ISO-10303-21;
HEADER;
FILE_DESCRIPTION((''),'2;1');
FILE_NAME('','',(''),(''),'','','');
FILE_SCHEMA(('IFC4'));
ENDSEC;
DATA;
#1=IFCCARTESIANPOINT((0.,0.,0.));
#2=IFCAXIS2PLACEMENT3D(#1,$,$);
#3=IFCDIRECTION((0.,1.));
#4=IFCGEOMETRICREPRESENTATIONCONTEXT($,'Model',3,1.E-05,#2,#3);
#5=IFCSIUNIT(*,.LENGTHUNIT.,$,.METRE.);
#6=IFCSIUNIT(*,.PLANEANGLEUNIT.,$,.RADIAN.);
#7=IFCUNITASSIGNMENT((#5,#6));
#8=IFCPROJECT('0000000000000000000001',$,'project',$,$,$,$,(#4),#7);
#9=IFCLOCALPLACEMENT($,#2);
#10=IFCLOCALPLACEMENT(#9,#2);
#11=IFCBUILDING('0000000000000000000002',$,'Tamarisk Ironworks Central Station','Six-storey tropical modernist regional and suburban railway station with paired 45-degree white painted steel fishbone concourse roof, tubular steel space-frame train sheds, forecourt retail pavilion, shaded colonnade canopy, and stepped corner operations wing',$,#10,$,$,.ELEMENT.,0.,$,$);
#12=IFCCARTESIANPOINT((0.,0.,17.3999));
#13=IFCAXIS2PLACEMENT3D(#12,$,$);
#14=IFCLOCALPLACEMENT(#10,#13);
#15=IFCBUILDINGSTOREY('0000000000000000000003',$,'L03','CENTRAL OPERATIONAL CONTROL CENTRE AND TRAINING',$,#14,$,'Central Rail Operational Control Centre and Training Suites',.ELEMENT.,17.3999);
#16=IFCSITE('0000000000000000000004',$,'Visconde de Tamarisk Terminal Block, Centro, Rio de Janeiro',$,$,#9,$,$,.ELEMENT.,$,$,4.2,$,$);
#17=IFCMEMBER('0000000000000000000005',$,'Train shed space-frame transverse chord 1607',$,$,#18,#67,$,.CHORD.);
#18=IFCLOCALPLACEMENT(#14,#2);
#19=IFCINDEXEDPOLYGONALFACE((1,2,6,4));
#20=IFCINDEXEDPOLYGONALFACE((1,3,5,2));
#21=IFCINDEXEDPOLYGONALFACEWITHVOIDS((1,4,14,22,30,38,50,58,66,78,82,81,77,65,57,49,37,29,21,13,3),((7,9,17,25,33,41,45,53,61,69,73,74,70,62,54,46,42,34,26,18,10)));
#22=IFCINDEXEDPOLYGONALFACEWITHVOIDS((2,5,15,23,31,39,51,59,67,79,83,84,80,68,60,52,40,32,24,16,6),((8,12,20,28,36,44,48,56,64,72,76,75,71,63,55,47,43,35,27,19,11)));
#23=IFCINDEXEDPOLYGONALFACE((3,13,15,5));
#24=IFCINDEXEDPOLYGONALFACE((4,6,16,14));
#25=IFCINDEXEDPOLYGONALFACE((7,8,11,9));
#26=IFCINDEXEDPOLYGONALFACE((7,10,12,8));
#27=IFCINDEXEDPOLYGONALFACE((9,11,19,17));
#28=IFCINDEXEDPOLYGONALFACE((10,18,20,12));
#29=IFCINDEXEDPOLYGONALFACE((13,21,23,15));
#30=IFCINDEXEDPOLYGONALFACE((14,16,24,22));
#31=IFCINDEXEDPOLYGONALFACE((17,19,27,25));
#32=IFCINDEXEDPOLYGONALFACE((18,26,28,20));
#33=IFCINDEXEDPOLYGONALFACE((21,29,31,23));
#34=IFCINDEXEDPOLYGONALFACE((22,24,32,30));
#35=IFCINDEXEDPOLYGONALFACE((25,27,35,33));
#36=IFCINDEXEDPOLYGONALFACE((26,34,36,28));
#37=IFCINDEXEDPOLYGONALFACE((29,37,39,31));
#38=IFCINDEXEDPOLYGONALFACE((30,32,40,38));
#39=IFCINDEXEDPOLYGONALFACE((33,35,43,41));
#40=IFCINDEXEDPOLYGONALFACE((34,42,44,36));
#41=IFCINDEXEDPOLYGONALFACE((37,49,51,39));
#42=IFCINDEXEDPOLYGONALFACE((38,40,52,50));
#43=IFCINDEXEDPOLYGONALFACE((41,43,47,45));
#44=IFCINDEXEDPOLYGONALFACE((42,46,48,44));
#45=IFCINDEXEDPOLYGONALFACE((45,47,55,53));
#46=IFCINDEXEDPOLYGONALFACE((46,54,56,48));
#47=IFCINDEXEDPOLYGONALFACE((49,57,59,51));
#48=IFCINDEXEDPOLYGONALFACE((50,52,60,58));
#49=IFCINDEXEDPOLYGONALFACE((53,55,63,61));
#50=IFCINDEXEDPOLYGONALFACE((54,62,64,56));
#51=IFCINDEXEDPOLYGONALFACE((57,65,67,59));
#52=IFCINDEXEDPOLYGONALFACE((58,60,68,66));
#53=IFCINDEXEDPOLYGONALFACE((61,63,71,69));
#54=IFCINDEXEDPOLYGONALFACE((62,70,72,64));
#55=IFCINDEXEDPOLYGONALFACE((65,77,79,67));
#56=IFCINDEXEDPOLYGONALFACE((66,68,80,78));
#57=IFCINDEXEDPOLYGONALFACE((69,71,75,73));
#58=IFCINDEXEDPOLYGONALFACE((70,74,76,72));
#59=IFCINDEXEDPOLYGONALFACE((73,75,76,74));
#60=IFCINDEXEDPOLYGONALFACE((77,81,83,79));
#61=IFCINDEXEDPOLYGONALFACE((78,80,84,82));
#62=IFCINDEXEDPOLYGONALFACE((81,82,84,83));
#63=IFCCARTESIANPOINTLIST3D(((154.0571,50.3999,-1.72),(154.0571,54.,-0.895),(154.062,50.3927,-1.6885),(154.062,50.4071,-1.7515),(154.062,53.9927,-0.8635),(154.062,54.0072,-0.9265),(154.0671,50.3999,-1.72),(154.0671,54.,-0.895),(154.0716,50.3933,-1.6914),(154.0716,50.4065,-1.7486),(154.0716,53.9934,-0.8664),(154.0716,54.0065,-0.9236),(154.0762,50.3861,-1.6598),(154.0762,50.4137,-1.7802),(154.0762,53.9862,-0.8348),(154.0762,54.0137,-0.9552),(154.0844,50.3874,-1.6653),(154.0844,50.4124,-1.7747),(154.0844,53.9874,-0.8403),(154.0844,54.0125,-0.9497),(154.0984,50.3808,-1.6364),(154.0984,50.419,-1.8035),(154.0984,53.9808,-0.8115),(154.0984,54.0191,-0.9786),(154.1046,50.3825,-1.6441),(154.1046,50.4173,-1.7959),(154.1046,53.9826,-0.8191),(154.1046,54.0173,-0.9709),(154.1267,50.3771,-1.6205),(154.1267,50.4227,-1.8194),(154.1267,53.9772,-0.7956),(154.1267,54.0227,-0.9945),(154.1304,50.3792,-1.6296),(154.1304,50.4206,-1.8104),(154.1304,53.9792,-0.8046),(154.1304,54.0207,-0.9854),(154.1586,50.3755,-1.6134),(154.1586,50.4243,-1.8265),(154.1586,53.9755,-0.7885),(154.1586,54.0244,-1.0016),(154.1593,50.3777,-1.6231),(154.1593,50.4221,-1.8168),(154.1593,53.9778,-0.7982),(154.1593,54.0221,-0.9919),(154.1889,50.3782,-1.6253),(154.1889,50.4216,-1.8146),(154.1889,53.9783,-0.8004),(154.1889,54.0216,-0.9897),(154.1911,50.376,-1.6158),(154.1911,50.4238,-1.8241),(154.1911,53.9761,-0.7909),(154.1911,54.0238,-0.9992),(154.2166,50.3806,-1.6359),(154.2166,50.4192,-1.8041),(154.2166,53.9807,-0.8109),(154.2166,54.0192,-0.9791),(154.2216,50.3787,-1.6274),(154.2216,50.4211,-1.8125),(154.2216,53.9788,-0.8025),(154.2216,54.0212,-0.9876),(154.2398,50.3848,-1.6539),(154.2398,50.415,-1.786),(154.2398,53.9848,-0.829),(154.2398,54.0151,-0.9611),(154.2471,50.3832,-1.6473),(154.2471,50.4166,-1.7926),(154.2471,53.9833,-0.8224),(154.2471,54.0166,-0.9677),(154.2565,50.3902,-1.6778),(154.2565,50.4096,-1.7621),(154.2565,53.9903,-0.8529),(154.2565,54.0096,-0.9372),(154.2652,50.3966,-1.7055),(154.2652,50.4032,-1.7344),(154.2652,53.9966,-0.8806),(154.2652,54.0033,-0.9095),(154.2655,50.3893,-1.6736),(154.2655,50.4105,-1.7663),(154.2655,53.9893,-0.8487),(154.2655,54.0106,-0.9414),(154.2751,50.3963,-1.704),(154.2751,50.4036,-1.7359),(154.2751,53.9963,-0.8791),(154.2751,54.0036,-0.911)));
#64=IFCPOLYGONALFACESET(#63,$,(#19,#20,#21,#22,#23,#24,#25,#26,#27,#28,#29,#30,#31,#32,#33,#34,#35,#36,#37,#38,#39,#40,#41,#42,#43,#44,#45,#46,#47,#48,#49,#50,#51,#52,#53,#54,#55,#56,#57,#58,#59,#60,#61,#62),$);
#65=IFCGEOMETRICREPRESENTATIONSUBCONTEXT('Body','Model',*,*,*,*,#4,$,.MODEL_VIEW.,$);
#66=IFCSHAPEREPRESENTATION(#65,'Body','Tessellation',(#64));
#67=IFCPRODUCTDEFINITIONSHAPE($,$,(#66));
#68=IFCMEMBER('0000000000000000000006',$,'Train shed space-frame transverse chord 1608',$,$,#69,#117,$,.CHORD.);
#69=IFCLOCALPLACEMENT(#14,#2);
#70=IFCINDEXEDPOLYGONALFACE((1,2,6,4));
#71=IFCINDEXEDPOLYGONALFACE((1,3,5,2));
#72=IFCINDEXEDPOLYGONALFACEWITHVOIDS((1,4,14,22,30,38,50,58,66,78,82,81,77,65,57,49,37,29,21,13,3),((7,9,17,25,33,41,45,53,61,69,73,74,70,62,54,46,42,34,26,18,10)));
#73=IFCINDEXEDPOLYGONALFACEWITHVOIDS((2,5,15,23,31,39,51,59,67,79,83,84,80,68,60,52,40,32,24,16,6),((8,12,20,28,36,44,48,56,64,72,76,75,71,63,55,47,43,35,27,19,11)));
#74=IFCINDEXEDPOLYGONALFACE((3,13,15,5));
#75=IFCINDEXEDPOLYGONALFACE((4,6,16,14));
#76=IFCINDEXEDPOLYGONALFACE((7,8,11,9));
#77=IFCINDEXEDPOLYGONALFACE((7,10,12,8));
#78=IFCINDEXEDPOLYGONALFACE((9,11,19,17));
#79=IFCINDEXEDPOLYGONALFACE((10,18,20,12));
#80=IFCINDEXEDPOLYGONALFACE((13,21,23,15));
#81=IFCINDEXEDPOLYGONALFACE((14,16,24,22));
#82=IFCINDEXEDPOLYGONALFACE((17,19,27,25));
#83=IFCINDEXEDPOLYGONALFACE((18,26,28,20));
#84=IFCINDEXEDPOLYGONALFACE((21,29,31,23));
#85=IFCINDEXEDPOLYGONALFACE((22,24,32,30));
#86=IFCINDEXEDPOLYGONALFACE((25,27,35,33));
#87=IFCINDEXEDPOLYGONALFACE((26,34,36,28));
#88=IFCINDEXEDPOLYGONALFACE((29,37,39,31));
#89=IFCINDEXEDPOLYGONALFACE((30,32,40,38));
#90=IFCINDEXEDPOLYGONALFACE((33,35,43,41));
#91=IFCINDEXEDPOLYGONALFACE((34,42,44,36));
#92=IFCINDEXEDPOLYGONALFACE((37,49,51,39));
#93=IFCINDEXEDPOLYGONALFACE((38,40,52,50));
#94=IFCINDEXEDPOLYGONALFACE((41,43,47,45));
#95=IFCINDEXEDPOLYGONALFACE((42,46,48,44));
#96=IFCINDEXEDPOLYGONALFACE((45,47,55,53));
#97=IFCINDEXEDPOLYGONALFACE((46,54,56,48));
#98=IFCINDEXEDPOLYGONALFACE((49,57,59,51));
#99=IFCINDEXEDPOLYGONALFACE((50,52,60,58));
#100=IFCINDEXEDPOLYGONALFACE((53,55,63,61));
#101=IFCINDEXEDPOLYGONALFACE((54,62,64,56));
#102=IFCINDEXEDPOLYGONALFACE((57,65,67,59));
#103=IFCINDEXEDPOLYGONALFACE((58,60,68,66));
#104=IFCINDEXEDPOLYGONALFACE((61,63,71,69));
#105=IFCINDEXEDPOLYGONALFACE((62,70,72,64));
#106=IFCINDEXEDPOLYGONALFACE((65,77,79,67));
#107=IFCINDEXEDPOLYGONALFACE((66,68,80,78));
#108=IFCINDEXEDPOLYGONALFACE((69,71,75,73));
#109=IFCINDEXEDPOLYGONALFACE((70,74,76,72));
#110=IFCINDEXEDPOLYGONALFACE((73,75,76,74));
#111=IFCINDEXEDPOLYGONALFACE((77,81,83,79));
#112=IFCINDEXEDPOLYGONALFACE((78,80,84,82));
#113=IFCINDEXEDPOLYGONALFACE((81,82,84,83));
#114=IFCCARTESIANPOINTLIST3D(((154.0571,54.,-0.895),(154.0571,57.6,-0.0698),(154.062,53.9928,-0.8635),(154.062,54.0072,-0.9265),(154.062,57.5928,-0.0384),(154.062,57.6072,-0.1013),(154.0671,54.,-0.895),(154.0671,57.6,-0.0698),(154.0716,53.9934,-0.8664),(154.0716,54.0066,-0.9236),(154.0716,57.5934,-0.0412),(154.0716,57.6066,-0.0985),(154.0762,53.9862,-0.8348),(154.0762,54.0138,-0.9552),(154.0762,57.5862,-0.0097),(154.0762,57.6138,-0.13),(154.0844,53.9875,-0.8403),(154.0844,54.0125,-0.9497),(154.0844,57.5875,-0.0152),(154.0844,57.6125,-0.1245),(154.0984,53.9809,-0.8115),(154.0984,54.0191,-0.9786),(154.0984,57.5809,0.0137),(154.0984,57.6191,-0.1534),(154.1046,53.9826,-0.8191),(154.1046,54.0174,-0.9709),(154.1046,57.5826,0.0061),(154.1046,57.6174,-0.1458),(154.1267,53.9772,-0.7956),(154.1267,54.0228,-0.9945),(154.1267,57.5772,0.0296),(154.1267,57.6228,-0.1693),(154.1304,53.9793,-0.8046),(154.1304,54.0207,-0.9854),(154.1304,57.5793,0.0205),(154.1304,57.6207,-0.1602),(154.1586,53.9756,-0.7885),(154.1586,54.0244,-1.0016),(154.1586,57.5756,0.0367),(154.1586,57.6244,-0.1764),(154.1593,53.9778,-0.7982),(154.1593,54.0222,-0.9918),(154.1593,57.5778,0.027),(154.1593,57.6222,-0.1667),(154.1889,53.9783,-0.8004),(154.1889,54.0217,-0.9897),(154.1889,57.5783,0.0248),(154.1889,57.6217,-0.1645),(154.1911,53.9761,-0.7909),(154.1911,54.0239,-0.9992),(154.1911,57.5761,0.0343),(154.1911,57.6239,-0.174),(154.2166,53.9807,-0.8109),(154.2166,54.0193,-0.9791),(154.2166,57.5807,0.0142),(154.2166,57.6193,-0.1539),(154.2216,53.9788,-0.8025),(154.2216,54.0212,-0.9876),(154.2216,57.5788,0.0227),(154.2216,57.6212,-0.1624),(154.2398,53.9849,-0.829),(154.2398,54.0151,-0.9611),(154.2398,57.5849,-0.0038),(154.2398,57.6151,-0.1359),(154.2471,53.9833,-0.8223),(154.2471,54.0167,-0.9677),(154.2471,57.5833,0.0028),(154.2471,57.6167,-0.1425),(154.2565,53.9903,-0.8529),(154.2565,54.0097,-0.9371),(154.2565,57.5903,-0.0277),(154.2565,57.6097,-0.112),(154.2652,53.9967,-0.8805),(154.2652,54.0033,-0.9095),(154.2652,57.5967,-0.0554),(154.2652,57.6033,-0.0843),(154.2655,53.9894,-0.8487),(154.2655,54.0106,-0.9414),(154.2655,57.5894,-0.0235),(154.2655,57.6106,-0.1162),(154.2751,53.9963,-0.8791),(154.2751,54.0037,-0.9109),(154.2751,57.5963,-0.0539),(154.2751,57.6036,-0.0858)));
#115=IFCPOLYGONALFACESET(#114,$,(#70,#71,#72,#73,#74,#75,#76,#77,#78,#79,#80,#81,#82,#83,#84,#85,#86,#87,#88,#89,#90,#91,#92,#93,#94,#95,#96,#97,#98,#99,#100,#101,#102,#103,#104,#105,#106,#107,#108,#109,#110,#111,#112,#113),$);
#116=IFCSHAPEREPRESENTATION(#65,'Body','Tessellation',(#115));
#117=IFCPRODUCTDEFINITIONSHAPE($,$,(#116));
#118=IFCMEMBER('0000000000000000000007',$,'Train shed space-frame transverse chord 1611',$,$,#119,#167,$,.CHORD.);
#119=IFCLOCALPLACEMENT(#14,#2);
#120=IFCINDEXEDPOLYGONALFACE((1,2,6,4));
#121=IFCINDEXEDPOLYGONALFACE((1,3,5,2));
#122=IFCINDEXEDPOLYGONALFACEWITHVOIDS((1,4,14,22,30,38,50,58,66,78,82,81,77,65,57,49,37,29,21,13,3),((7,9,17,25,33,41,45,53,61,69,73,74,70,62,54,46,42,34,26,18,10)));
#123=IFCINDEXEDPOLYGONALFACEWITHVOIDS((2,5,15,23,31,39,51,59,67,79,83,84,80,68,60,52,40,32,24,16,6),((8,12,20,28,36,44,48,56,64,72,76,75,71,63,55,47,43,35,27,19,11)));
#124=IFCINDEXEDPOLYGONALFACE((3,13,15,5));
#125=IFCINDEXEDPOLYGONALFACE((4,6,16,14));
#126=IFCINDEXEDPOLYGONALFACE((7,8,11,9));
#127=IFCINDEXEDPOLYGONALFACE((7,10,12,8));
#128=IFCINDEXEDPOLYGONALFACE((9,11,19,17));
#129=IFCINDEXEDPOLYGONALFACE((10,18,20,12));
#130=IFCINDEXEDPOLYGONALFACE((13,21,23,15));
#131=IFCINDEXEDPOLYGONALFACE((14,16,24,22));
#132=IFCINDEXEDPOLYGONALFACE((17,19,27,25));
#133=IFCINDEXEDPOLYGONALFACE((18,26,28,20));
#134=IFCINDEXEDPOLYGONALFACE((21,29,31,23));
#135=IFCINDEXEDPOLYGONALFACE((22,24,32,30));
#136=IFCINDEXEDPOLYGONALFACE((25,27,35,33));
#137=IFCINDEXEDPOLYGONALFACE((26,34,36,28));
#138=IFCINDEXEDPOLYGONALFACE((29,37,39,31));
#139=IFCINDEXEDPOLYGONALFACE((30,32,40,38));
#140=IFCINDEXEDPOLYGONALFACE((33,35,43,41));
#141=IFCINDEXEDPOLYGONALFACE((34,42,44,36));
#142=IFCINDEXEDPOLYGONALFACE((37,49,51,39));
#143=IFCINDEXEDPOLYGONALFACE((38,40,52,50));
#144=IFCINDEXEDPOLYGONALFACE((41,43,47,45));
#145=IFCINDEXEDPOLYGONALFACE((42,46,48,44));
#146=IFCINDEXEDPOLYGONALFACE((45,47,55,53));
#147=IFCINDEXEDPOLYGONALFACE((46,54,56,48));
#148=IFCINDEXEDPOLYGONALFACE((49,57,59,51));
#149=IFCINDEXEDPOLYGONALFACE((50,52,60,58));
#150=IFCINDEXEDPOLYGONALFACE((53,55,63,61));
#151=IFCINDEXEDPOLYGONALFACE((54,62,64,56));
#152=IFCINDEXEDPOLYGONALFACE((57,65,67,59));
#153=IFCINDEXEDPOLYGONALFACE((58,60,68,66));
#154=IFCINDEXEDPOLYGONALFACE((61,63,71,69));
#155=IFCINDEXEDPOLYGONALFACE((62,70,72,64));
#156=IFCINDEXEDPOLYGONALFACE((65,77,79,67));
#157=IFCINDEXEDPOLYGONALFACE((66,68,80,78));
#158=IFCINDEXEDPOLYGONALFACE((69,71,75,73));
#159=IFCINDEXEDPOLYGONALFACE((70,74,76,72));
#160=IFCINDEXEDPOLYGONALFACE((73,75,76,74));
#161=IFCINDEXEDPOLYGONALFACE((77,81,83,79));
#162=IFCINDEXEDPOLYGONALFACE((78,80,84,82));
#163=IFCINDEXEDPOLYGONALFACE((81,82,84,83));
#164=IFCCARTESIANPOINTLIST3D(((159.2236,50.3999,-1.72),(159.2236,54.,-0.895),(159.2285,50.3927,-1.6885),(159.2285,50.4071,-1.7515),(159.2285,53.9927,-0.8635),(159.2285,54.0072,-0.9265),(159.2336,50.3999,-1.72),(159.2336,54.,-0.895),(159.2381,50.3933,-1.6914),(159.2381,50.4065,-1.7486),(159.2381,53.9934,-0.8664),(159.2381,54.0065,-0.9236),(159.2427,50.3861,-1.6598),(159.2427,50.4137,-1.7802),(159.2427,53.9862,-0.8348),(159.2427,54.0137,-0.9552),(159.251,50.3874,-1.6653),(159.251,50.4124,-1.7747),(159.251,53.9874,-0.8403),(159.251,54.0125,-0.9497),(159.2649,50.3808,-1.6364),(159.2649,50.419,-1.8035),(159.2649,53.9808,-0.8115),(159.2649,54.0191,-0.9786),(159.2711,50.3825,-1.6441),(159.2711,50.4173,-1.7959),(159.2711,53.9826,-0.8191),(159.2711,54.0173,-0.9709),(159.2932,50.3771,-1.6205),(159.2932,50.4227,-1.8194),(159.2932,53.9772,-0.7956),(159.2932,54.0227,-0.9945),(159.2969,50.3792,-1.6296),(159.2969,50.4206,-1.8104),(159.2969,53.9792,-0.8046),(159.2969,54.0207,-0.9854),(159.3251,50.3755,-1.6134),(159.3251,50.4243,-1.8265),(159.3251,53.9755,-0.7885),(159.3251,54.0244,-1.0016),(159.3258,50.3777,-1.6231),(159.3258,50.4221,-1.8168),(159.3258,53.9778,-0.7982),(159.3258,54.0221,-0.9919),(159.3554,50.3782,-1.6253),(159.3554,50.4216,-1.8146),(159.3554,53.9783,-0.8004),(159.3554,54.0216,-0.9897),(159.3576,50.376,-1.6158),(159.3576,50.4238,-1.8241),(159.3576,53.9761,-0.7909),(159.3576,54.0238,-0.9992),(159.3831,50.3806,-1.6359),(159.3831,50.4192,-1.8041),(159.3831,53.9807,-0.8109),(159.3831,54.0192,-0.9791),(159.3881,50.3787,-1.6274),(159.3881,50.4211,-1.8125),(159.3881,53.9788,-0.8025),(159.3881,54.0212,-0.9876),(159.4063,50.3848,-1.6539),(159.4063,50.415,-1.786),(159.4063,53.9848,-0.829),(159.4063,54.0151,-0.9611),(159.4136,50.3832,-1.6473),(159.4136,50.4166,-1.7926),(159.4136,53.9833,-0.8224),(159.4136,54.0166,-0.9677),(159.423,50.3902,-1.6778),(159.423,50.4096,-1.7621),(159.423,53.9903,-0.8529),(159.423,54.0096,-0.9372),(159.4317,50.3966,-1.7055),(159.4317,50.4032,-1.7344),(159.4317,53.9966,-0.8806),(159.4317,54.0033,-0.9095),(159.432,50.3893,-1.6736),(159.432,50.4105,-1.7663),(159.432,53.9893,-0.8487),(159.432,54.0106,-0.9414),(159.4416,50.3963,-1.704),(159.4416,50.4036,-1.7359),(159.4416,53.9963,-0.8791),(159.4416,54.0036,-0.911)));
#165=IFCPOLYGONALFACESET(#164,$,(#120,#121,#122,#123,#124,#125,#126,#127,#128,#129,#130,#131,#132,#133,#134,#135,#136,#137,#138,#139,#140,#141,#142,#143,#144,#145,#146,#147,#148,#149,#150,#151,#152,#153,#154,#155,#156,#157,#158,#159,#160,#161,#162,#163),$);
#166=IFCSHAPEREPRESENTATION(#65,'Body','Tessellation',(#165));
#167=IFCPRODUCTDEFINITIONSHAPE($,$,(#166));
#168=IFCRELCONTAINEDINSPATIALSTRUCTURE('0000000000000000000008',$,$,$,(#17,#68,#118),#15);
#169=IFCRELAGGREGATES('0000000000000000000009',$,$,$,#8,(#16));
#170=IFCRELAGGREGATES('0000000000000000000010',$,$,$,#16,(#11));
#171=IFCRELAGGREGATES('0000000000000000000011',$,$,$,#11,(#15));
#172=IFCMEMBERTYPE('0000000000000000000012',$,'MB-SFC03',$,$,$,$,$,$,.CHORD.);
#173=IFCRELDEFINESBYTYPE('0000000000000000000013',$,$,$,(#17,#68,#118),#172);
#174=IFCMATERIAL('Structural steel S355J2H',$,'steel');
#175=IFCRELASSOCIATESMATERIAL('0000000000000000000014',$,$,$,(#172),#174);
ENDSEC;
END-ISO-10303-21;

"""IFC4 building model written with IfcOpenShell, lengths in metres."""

from ifc_helpers import new_model, si_unit, direction, frame, origin, origin_2d, place, context, subcontext, project, spatial, hollow_circle, extrude, material, material_profile, profile_set, type_object, element, save


model = new_model("IFC4")

# Units and contexts
model_context = context("Model", 3, precision=1e-05, world=origin(), true_north=direction((0.0, 1.0)))
body_context = subcontext(model_context, "Body", "Model", "MODEL_VIEW")
ifc_project = project(units=[si_unit("LENGTHUNIT", "METRE"), si_unit("PLANEANGLEUNIT", "RADIAN")], contexts=[model_context])

# Site, building, storey
site_placement = place(None, origin())
site = spatial("IfcSite", under=ifc_project, at=site_placement, Name="Visconde de Tamarisk Terminal Block, Centro, Rio de Janeiro", CompositionType="ELEMENT", RefElevation=4.2)
building_placement = place(site_placement, origin())
building = spatial("IfcBuilding", under=site, at=building_placement, Name="Tamarisk Ironworks Central Station", Description="Six-storey tropical modernist regional and suburban railway station with paired 45-degree white painted steel fishbone concourse roof, tubular steel space-frame train sheds, forecourt retail pavilion, shaded colonnade canopy, and stepped corner operations wing", CompositionType="ELEMENT", ElevationOfRefHeight=0.0)
storey_placement = place(building_placement, frame((0.0, 0.0, 17.3999)))
storey = spatial("IfcBuildingStorey", under=building, at=storey_placement, Name="L03", Description="CENTRAL OPERATIONAL CONTROL CENTRE AND TRAINING", LongName="Central Rail Operational Control Centre and Training Suites", CompositionType="ELEMENT", Elevation=17.3999)

# Members
ifc_material = material(Name="Structural steel S355J2H", Category="steel")
ifc_material_profile_1 = material_profile(ifc_material, hollow_circle(Radius=0.1096, WallThickness=0.01, at=origin_2d()), Name="CHS 219.1x10")
ifc_profile_set_1 = profile_set([ifc_material_profile_1], Name="Structural steel S355J2H")
member_type_1 = type_object("IfcMemberType", Name="MB-SFC03", PredefinedType="CHORD", material=ifc_profile_set_1)
for number, where, z_axis, x_axis, name in (
    (1, (154.1667, 50.3999, -1.72), (0.0, 0.974737, 0.223358), (-1.0, 0.0, 0.0), "Train shed space-frame transverse chord 1607"),
    (2, (154.1667, 54.0, -0.895), (0.0, 0.974722, 0.223421), (-1.0, 0.0, 0.0), "Train shed space-frame transverse chord 1608"),
    (3, (159.3333, 50.3999, -1.72), (0.0, 0.974737, 0.223358), (-1.0, 0.0, 0.0), "Train shed space-frame transverse chord 1611"),
):
    element("IfcMember", number, at=place(storey_placement, frame(where, z_axis=z_axis, x_axis=x_axis)), inside=storey, type_object=member_type_1, Name=name, PredefinedType="CHORD", context=body_context, shape_type="SweptSolid", body=[
        extrude(hollow_circle(Radius=0.1096, WallThickness=0.01, at=origin_2d()), origin(), (0.0, 0.0, 1.0), 3.6934),
    ])

save(model, "model.ifc")
